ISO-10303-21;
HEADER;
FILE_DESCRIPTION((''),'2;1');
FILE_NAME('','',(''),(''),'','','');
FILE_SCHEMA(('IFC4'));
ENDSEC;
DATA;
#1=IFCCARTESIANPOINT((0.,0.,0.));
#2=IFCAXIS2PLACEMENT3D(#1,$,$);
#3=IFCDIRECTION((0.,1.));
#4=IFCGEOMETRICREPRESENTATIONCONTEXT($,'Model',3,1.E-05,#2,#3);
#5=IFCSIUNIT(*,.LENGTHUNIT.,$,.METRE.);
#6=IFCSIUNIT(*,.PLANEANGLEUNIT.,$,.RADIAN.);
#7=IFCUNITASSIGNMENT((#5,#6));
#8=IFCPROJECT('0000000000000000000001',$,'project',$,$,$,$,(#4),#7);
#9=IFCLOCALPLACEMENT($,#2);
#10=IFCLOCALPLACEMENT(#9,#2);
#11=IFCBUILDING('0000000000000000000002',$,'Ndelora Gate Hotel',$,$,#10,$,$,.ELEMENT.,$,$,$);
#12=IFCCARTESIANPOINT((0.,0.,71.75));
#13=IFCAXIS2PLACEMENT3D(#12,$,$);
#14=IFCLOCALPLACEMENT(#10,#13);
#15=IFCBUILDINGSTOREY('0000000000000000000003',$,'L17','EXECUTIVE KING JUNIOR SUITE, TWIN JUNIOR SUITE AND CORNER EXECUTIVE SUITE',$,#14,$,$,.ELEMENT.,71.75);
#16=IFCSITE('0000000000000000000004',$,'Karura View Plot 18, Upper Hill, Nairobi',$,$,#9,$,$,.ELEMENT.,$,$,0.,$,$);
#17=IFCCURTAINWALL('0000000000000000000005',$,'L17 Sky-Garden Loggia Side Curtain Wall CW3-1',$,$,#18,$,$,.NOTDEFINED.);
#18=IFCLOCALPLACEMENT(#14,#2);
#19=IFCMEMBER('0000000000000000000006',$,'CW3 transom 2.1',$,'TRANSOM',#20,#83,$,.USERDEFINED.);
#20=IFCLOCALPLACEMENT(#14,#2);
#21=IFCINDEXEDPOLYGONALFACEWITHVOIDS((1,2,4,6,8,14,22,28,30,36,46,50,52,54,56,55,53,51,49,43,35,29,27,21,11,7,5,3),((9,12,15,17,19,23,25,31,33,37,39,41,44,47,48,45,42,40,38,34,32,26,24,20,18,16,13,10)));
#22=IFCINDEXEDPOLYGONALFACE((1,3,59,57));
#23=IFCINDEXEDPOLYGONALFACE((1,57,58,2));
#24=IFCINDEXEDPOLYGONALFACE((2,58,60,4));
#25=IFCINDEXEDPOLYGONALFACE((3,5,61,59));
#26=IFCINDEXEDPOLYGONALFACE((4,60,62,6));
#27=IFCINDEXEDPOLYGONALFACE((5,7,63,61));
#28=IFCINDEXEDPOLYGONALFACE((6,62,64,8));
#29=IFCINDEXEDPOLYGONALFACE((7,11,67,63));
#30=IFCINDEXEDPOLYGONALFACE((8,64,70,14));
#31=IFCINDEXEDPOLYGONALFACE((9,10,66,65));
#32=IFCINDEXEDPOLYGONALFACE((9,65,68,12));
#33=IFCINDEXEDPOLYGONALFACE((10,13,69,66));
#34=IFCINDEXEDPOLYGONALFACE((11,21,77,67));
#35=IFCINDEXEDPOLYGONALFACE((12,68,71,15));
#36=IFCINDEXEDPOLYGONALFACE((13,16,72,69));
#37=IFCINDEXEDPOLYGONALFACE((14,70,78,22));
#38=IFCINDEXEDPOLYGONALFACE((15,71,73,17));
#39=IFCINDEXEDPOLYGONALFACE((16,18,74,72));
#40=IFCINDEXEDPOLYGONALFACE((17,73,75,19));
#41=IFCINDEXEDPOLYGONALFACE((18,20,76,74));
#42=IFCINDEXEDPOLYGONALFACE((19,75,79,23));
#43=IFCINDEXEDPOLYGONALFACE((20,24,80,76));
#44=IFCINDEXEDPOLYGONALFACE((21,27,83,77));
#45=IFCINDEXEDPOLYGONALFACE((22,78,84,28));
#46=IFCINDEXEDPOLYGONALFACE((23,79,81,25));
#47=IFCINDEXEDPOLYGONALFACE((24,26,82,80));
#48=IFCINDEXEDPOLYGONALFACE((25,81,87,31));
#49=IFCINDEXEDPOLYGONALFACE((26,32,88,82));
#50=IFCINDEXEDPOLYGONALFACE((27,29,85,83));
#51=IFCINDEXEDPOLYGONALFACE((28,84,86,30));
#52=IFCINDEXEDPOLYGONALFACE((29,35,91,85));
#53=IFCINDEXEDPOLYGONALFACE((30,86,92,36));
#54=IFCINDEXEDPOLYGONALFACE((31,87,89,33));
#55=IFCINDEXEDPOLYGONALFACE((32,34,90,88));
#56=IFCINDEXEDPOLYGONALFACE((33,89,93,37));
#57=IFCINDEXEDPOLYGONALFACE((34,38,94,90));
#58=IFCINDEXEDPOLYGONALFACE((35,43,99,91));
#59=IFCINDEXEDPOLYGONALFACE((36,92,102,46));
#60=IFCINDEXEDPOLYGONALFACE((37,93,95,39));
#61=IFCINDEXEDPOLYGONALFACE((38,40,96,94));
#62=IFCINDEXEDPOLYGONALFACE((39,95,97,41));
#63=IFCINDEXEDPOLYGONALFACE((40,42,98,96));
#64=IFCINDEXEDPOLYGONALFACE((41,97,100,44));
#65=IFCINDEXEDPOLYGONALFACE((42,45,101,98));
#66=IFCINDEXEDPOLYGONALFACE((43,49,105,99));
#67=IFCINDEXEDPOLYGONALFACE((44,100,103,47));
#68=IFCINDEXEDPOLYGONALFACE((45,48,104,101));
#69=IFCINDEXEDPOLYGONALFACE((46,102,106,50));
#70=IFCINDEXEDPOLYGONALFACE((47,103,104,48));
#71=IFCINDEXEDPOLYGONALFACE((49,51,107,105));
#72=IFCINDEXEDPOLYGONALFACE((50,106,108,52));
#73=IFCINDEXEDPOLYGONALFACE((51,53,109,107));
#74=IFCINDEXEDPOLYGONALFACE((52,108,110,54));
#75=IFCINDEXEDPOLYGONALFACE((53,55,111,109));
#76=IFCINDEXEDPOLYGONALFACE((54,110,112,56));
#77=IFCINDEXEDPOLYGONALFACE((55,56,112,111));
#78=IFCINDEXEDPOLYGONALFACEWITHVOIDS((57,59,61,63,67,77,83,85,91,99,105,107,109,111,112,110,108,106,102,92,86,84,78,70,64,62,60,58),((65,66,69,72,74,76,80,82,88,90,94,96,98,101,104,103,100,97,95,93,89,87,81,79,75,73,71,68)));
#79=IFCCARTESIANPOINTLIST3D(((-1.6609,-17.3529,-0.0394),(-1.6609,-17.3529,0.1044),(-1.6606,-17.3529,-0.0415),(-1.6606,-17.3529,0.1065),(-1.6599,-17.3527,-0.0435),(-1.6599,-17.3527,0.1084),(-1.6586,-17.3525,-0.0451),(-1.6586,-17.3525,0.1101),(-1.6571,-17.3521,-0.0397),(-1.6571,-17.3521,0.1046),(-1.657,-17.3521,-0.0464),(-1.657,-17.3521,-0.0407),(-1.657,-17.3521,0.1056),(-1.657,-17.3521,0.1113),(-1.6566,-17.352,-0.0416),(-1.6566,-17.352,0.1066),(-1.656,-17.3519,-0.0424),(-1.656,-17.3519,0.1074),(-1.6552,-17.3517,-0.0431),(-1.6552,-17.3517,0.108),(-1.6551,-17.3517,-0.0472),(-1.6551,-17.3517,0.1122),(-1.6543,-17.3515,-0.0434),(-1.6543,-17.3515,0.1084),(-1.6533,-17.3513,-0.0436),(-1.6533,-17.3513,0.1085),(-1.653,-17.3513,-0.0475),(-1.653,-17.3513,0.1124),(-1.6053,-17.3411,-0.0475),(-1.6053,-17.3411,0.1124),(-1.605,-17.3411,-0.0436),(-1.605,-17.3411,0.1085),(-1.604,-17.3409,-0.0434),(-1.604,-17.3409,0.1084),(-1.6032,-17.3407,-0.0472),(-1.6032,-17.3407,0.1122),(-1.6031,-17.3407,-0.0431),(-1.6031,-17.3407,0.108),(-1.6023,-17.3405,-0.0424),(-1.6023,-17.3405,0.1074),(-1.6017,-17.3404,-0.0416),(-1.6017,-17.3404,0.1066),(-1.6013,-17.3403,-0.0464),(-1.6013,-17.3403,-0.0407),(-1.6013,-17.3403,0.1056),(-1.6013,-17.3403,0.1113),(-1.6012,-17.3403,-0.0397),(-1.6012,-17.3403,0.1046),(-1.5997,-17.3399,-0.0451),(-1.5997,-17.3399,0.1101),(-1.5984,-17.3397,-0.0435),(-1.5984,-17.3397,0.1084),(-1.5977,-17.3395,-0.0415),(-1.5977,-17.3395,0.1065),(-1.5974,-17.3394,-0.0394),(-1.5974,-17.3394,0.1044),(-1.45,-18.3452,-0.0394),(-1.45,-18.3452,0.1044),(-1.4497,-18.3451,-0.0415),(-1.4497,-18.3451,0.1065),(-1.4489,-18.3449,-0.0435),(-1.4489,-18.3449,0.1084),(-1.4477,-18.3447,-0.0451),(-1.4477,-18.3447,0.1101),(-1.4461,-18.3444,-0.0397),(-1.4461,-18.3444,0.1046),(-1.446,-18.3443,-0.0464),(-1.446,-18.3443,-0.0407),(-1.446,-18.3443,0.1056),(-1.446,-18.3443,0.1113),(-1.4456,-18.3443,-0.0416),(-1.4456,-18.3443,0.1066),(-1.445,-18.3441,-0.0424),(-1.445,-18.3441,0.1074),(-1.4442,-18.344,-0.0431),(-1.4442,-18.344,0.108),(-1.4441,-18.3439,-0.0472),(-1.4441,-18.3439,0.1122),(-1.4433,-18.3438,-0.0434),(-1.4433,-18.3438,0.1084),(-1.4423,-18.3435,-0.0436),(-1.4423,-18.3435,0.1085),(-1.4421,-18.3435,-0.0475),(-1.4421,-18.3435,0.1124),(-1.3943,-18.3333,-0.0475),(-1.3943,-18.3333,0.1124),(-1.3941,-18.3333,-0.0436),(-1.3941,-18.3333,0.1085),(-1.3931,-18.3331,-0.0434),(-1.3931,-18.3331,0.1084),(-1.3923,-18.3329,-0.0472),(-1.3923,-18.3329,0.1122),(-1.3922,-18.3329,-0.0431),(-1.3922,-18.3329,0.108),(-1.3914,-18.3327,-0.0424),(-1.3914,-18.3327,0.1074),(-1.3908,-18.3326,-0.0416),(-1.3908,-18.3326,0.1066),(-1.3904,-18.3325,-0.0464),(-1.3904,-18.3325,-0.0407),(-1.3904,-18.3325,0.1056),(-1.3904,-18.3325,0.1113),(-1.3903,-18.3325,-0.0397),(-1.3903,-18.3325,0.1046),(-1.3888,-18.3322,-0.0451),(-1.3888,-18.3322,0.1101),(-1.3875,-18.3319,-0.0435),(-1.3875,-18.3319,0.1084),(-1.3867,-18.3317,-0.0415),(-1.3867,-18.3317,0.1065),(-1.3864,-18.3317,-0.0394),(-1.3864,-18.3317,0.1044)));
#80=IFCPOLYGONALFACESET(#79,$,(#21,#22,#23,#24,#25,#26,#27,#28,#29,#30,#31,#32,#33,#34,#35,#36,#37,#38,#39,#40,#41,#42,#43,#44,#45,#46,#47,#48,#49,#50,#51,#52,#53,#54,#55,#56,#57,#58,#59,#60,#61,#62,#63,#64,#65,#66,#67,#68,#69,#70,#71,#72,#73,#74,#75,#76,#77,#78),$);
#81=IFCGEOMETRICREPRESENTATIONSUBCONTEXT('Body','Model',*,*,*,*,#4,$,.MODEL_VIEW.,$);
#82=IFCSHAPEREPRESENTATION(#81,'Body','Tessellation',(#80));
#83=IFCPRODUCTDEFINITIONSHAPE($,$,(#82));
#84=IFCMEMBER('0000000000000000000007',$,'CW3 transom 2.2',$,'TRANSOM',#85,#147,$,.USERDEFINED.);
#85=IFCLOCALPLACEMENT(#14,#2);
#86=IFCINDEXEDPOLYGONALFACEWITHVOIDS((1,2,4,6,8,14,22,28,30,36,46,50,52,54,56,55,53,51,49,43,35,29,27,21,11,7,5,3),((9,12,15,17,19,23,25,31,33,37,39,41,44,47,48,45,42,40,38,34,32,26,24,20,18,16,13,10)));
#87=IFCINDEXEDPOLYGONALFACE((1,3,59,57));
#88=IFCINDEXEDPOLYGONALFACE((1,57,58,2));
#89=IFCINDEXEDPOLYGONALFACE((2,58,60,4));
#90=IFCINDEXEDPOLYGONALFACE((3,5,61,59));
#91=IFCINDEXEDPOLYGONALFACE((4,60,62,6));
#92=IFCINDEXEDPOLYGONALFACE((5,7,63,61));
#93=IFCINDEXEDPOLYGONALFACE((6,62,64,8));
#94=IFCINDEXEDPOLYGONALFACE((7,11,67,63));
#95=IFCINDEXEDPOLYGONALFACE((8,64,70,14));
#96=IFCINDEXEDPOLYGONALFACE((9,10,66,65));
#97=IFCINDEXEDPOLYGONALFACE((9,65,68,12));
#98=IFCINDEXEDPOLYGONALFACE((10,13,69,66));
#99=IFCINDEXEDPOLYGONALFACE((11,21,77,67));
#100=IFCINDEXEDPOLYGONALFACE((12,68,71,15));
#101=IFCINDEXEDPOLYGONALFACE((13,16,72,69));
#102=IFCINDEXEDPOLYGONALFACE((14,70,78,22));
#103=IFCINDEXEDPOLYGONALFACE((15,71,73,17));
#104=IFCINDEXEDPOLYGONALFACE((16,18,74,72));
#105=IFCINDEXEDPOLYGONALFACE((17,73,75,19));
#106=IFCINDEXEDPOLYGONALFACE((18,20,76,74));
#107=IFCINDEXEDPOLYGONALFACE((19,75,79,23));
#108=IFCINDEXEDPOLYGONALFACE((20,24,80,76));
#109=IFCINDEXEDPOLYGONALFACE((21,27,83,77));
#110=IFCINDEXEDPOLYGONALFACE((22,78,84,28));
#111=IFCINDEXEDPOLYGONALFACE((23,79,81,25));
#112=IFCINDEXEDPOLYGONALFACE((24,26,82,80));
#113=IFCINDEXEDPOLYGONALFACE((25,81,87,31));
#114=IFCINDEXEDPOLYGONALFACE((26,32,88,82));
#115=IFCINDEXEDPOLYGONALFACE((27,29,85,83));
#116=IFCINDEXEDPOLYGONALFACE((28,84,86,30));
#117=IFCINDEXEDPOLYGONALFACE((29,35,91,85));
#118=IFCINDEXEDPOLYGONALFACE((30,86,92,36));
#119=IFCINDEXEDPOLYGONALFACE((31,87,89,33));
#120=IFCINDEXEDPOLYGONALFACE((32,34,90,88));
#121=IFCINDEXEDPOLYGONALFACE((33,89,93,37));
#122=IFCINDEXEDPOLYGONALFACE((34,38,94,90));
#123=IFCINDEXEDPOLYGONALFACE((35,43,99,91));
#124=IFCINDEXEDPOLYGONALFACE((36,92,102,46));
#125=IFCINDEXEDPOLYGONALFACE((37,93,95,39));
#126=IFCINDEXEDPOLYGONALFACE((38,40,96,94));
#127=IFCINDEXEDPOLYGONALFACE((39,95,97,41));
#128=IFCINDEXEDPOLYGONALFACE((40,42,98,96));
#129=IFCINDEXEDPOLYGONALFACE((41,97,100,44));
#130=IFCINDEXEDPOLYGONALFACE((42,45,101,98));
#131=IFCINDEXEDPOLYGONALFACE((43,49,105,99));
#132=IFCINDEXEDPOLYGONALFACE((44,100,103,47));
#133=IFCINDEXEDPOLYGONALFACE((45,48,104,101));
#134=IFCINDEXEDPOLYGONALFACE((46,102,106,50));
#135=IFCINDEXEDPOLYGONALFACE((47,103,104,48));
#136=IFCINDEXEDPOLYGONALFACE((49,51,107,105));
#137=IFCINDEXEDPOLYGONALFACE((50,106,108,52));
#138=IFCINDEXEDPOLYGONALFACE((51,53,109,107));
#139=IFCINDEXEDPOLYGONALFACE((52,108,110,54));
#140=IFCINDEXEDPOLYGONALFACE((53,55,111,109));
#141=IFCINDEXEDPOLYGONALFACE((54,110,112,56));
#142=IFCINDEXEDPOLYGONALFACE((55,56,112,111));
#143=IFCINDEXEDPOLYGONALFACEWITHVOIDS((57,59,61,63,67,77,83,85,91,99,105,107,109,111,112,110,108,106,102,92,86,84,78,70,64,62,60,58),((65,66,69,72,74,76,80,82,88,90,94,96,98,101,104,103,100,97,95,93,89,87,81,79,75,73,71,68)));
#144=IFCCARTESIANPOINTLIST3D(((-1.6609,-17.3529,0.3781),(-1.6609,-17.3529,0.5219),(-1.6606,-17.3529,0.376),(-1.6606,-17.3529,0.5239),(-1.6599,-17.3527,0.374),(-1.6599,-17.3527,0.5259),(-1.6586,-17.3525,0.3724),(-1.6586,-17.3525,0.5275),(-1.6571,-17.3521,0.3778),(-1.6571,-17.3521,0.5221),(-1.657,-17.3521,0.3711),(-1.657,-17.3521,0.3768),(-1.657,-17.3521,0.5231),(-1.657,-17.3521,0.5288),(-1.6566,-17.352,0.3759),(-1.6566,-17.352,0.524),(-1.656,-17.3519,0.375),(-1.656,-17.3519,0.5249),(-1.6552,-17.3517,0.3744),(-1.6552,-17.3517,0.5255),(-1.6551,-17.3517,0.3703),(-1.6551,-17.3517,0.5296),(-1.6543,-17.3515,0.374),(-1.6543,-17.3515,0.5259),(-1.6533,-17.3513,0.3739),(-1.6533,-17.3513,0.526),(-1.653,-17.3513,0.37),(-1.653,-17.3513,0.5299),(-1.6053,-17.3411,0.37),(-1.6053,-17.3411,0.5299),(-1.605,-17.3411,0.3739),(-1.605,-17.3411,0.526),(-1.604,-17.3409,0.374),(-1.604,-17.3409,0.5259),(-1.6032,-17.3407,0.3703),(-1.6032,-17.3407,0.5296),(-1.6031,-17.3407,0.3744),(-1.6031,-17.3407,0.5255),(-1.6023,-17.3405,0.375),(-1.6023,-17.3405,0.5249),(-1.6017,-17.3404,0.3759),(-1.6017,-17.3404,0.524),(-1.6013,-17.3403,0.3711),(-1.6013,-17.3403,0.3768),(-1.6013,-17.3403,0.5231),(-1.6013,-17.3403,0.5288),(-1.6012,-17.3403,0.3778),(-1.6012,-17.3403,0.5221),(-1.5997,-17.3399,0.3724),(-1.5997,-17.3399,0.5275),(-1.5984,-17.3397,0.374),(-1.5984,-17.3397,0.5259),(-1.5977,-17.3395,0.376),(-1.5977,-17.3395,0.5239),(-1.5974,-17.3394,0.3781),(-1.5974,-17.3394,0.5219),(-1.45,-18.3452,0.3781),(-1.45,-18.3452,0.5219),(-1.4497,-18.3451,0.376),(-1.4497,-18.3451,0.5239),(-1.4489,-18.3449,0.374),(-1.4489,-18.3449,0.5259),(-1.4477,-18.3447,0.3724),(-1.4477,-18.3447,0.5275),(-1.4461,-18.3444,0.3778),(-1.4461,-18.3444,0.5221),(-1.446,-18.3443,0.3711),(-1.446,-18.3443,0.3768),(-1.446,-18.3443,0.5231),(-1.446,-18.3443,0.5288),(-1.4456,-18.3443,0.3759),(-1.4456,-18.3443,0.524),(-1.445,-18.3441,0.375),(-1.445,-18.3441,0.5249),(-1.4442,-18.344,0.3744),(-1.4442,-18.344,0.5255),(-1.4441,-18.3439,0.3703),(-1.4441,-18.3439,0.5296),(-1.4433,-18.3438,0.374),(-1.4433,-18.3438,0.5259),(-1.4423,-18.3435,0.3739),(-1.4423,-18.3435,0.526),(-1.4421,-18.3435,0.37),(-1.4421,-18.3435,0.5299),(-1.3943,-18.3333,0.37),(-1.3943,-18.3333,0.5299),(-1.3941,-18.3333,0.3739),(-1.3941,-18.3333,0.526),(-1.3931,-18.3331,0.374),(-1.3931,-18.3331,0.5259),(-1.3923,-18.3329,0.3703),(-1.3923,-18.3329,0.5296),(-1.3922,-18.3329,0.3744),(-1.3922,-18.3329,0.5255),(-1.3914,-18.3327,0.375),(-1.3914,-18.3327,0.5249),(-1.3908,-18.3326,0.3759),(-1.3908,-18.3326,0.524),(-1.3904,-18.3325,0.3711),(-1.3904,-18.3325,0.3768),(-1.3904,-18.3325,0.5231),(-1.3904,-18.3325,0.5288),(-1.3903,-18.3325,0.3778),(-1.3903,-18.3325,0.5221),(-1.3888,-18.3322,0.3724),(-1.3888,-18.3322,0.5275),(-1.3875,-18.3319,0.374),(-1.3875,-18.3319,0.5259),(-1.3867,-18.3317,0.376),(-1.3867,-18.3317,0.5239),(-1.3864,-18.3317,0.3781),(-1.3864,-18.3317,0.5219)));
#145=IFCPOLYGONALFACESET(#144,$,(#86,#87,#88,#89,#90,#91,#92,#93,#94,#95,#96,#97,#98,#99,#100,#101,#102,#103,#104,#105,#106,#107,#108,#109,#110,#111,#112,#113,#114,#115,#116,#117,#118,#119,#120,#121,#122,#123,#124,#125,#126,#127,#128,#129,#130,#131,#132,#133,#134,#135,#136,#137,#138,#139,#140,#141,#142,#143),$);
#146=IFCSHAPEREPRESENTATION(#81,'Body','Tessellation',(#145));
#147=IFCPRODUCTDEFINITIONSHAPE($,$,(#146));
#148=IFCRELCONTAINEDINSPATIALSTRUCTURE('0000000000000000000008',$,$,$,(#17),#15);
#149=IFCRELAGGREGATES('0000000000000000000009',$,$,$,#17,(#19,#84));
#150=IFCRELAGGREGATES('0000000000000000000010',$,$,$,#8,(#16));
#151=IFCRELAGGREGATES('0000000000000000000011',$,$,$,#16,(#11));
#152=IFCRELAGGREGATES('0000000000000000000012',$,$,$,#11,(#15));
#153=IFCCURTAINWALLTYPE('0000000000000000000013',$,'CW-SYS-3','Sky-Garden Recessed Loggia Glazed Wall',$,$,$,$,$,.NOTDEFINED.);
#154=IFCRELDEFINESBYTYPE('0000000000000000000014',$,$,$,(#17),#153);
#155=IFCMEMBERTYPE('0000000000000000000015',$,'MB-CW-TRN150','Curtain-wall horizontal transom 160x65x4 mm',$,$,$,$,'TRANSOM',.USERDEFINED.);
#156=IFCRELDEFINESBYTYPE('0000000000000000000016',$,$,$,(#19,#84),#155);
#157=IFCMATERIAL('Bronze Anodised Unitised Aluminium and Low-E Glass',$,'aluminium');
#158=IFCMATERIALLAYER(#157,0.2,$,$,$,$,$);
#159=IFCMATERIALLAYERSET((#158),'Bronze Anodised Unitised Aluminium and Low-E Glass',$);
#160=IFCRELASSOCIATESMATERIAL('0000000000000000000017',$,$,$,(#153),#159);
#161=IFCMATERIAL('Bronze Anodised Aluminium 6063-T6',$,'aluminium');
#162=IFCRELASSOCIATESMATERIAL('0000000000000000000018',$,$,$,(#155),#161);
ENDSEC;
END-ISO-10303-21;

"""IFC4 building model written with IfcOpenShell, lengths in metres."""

from ifc_helpers import new_model, si_unit, direction, frame, origin, origin_2d, place, context, subcontext, project, spatial, hollow_rectangle, extrude, material, layer, layer_set, material_profile, profile_set, type_object, element, aggregate, save


model = new_model("IFC4")

# Units and contexts
model_context = context("Model", 3, precision=1e-05, world=origin(), true_north=direction((0.0, 1.0)))
body_context = subcontext(model_context, "Body", "Model", "MODEL_VIEW")
ifc_project = project(units=[si_unit("LENGTHUNIT", "METRE"), si_unit("PLANEANGLEUNIT", "RADIAN")], contexts=[model_context])

# Site, building, storey
site_placement = place(None, origin())
site = spatial("IfcSite", under=ifc_project, at=site_placement, Name="Karura View Plot 18, Upper Hill, Nairobi", CompositionType="ELEMENT", RefElevation=0.0)
building_placement = place(site_placement, origin())
building = spatial("IfcBuilding", under=site, at=building_placement, Name="Ndelora Gate Hotel", CompositionType="ELEMENT")
storey_placement = place(building_placement, frame((0.0, 0.0, 71.75)))
storey = spatial("IfcBuildingStorey", under=building, at=storey_placement, Name="L17", Description="EXECUTIVE KING JUNIOR SUITE, TWIN JUNIOR SUITE AND CORNER EXECUTIVE SUITE", CompositionType="ELEMENT", Elevation=71.75)

# Curtain wall, members
ifc_material_1 = material(Name="Bronze Anodised Unitised Aluminium and Low-E Glass", Category="aluminium")
ifc_layer_1 = layer(ifc_material_1, 0.2)
ifc_layer_set_1 = layer_set([ifc_layer_1], Name="Bronze Anodised Unitised Aluminium and Low-E Glass")
curtain_wall_type = type_object("IfcCurtainWallType", Name="CW-SYS-3", Description="Sky-Garden Recessed Loggia Glazed Wall", PredefinedType="NOTDEFINED", material=ifc_layer_set_1)
curtain_wall_placement = place(storey_placement, origin())
curtain_wall = element("IfcCurtainWall", 1, at=curtain_wall_placement, inside=storey, type_object=curtain_wall_type, Name="L17 Sky-Garden Loggia Side Curtain Wall CW3-1", PredefinedType="NOTDEFINED")
ifc_material_2 = material(Name="Bronze Anodised Aluminium 6063-T6", Category="aluminium")
ifc_material_profile_1 = material_profile(ifc_material_2, hollow_rectangle(XDim=0.0649, YDim=0.1599, WallThickness=0.0039, InnerFilletRadius=0.0039, OuterFilletRadius=0.0081, at=origin_2d()), Name="ALU 160x65x4")
ifc_profile_set_1 = profile_set([ifc_material_profile_1], Name="Bronze Anodised Aluminium 6063-T6")
member_type_1 = type_object("IfcMemberType", Name="MB-CW-TRN150", Description="Curtain-wall horizontal transom 160x65x4 mm", ElementType="TRANSOM", PredefinedType="USERDEFINED", material=ifc_profile_set_1)
member_1_placement = place(storey_placement, frame((-1.6292, -17.3462, 0.0325), z_axis=(0.207951, -0.978139, 0.0), x_axis=(0.978139, 0.207951, 0.0)))
member_1 = element("IfcMember", 2, at=member_1_placement, type_object=member_type_1, Name="CW3 transom 2.1", ObjectType="TRANSOM", PredefinedType="USERDEFINED", context=body_context, shape_type="SweptSolid", body=[
    extrude(hollow_rectangle(XDim=0.0649, YDim=0.1599, WallThickness=0.0039, InnerFilletRadius=0.0039, OuterFilletRadius=0.0081, at=origin_2d()), origin(), (0.0, 0.0, 1.0), 1.0144),
])
member_2_placement = place(storey_placement, frame((-1.6292, -17.3462, 0.45), z_axis=(0.207951, -0.978139, 0.0), x_axis=(0.978139, 0.207951, 0.0)))
member_2 = element("IfcMember", 3, at=member_2_placement, type_object=member_type_1, Name="CW3 transom 2.2", ObjectType="TRANSOM", PredefinedType="USERDEFINED", context=body_context, shape_type="SweptSolid", body=[
    extrude(hollow_rectangle(XDim=0.0649, YDim=0.1599, WallThickness=0.0039, InnerFilletRadius=0.0039, OuterFilletRadius=0.0081, at=origin_2d()), origin(), (0.0, 0.0, 1.0), 1.0144),
])

aggregate(curtain_wall, [member_1, member_2])

save(model, "model.ifc")
